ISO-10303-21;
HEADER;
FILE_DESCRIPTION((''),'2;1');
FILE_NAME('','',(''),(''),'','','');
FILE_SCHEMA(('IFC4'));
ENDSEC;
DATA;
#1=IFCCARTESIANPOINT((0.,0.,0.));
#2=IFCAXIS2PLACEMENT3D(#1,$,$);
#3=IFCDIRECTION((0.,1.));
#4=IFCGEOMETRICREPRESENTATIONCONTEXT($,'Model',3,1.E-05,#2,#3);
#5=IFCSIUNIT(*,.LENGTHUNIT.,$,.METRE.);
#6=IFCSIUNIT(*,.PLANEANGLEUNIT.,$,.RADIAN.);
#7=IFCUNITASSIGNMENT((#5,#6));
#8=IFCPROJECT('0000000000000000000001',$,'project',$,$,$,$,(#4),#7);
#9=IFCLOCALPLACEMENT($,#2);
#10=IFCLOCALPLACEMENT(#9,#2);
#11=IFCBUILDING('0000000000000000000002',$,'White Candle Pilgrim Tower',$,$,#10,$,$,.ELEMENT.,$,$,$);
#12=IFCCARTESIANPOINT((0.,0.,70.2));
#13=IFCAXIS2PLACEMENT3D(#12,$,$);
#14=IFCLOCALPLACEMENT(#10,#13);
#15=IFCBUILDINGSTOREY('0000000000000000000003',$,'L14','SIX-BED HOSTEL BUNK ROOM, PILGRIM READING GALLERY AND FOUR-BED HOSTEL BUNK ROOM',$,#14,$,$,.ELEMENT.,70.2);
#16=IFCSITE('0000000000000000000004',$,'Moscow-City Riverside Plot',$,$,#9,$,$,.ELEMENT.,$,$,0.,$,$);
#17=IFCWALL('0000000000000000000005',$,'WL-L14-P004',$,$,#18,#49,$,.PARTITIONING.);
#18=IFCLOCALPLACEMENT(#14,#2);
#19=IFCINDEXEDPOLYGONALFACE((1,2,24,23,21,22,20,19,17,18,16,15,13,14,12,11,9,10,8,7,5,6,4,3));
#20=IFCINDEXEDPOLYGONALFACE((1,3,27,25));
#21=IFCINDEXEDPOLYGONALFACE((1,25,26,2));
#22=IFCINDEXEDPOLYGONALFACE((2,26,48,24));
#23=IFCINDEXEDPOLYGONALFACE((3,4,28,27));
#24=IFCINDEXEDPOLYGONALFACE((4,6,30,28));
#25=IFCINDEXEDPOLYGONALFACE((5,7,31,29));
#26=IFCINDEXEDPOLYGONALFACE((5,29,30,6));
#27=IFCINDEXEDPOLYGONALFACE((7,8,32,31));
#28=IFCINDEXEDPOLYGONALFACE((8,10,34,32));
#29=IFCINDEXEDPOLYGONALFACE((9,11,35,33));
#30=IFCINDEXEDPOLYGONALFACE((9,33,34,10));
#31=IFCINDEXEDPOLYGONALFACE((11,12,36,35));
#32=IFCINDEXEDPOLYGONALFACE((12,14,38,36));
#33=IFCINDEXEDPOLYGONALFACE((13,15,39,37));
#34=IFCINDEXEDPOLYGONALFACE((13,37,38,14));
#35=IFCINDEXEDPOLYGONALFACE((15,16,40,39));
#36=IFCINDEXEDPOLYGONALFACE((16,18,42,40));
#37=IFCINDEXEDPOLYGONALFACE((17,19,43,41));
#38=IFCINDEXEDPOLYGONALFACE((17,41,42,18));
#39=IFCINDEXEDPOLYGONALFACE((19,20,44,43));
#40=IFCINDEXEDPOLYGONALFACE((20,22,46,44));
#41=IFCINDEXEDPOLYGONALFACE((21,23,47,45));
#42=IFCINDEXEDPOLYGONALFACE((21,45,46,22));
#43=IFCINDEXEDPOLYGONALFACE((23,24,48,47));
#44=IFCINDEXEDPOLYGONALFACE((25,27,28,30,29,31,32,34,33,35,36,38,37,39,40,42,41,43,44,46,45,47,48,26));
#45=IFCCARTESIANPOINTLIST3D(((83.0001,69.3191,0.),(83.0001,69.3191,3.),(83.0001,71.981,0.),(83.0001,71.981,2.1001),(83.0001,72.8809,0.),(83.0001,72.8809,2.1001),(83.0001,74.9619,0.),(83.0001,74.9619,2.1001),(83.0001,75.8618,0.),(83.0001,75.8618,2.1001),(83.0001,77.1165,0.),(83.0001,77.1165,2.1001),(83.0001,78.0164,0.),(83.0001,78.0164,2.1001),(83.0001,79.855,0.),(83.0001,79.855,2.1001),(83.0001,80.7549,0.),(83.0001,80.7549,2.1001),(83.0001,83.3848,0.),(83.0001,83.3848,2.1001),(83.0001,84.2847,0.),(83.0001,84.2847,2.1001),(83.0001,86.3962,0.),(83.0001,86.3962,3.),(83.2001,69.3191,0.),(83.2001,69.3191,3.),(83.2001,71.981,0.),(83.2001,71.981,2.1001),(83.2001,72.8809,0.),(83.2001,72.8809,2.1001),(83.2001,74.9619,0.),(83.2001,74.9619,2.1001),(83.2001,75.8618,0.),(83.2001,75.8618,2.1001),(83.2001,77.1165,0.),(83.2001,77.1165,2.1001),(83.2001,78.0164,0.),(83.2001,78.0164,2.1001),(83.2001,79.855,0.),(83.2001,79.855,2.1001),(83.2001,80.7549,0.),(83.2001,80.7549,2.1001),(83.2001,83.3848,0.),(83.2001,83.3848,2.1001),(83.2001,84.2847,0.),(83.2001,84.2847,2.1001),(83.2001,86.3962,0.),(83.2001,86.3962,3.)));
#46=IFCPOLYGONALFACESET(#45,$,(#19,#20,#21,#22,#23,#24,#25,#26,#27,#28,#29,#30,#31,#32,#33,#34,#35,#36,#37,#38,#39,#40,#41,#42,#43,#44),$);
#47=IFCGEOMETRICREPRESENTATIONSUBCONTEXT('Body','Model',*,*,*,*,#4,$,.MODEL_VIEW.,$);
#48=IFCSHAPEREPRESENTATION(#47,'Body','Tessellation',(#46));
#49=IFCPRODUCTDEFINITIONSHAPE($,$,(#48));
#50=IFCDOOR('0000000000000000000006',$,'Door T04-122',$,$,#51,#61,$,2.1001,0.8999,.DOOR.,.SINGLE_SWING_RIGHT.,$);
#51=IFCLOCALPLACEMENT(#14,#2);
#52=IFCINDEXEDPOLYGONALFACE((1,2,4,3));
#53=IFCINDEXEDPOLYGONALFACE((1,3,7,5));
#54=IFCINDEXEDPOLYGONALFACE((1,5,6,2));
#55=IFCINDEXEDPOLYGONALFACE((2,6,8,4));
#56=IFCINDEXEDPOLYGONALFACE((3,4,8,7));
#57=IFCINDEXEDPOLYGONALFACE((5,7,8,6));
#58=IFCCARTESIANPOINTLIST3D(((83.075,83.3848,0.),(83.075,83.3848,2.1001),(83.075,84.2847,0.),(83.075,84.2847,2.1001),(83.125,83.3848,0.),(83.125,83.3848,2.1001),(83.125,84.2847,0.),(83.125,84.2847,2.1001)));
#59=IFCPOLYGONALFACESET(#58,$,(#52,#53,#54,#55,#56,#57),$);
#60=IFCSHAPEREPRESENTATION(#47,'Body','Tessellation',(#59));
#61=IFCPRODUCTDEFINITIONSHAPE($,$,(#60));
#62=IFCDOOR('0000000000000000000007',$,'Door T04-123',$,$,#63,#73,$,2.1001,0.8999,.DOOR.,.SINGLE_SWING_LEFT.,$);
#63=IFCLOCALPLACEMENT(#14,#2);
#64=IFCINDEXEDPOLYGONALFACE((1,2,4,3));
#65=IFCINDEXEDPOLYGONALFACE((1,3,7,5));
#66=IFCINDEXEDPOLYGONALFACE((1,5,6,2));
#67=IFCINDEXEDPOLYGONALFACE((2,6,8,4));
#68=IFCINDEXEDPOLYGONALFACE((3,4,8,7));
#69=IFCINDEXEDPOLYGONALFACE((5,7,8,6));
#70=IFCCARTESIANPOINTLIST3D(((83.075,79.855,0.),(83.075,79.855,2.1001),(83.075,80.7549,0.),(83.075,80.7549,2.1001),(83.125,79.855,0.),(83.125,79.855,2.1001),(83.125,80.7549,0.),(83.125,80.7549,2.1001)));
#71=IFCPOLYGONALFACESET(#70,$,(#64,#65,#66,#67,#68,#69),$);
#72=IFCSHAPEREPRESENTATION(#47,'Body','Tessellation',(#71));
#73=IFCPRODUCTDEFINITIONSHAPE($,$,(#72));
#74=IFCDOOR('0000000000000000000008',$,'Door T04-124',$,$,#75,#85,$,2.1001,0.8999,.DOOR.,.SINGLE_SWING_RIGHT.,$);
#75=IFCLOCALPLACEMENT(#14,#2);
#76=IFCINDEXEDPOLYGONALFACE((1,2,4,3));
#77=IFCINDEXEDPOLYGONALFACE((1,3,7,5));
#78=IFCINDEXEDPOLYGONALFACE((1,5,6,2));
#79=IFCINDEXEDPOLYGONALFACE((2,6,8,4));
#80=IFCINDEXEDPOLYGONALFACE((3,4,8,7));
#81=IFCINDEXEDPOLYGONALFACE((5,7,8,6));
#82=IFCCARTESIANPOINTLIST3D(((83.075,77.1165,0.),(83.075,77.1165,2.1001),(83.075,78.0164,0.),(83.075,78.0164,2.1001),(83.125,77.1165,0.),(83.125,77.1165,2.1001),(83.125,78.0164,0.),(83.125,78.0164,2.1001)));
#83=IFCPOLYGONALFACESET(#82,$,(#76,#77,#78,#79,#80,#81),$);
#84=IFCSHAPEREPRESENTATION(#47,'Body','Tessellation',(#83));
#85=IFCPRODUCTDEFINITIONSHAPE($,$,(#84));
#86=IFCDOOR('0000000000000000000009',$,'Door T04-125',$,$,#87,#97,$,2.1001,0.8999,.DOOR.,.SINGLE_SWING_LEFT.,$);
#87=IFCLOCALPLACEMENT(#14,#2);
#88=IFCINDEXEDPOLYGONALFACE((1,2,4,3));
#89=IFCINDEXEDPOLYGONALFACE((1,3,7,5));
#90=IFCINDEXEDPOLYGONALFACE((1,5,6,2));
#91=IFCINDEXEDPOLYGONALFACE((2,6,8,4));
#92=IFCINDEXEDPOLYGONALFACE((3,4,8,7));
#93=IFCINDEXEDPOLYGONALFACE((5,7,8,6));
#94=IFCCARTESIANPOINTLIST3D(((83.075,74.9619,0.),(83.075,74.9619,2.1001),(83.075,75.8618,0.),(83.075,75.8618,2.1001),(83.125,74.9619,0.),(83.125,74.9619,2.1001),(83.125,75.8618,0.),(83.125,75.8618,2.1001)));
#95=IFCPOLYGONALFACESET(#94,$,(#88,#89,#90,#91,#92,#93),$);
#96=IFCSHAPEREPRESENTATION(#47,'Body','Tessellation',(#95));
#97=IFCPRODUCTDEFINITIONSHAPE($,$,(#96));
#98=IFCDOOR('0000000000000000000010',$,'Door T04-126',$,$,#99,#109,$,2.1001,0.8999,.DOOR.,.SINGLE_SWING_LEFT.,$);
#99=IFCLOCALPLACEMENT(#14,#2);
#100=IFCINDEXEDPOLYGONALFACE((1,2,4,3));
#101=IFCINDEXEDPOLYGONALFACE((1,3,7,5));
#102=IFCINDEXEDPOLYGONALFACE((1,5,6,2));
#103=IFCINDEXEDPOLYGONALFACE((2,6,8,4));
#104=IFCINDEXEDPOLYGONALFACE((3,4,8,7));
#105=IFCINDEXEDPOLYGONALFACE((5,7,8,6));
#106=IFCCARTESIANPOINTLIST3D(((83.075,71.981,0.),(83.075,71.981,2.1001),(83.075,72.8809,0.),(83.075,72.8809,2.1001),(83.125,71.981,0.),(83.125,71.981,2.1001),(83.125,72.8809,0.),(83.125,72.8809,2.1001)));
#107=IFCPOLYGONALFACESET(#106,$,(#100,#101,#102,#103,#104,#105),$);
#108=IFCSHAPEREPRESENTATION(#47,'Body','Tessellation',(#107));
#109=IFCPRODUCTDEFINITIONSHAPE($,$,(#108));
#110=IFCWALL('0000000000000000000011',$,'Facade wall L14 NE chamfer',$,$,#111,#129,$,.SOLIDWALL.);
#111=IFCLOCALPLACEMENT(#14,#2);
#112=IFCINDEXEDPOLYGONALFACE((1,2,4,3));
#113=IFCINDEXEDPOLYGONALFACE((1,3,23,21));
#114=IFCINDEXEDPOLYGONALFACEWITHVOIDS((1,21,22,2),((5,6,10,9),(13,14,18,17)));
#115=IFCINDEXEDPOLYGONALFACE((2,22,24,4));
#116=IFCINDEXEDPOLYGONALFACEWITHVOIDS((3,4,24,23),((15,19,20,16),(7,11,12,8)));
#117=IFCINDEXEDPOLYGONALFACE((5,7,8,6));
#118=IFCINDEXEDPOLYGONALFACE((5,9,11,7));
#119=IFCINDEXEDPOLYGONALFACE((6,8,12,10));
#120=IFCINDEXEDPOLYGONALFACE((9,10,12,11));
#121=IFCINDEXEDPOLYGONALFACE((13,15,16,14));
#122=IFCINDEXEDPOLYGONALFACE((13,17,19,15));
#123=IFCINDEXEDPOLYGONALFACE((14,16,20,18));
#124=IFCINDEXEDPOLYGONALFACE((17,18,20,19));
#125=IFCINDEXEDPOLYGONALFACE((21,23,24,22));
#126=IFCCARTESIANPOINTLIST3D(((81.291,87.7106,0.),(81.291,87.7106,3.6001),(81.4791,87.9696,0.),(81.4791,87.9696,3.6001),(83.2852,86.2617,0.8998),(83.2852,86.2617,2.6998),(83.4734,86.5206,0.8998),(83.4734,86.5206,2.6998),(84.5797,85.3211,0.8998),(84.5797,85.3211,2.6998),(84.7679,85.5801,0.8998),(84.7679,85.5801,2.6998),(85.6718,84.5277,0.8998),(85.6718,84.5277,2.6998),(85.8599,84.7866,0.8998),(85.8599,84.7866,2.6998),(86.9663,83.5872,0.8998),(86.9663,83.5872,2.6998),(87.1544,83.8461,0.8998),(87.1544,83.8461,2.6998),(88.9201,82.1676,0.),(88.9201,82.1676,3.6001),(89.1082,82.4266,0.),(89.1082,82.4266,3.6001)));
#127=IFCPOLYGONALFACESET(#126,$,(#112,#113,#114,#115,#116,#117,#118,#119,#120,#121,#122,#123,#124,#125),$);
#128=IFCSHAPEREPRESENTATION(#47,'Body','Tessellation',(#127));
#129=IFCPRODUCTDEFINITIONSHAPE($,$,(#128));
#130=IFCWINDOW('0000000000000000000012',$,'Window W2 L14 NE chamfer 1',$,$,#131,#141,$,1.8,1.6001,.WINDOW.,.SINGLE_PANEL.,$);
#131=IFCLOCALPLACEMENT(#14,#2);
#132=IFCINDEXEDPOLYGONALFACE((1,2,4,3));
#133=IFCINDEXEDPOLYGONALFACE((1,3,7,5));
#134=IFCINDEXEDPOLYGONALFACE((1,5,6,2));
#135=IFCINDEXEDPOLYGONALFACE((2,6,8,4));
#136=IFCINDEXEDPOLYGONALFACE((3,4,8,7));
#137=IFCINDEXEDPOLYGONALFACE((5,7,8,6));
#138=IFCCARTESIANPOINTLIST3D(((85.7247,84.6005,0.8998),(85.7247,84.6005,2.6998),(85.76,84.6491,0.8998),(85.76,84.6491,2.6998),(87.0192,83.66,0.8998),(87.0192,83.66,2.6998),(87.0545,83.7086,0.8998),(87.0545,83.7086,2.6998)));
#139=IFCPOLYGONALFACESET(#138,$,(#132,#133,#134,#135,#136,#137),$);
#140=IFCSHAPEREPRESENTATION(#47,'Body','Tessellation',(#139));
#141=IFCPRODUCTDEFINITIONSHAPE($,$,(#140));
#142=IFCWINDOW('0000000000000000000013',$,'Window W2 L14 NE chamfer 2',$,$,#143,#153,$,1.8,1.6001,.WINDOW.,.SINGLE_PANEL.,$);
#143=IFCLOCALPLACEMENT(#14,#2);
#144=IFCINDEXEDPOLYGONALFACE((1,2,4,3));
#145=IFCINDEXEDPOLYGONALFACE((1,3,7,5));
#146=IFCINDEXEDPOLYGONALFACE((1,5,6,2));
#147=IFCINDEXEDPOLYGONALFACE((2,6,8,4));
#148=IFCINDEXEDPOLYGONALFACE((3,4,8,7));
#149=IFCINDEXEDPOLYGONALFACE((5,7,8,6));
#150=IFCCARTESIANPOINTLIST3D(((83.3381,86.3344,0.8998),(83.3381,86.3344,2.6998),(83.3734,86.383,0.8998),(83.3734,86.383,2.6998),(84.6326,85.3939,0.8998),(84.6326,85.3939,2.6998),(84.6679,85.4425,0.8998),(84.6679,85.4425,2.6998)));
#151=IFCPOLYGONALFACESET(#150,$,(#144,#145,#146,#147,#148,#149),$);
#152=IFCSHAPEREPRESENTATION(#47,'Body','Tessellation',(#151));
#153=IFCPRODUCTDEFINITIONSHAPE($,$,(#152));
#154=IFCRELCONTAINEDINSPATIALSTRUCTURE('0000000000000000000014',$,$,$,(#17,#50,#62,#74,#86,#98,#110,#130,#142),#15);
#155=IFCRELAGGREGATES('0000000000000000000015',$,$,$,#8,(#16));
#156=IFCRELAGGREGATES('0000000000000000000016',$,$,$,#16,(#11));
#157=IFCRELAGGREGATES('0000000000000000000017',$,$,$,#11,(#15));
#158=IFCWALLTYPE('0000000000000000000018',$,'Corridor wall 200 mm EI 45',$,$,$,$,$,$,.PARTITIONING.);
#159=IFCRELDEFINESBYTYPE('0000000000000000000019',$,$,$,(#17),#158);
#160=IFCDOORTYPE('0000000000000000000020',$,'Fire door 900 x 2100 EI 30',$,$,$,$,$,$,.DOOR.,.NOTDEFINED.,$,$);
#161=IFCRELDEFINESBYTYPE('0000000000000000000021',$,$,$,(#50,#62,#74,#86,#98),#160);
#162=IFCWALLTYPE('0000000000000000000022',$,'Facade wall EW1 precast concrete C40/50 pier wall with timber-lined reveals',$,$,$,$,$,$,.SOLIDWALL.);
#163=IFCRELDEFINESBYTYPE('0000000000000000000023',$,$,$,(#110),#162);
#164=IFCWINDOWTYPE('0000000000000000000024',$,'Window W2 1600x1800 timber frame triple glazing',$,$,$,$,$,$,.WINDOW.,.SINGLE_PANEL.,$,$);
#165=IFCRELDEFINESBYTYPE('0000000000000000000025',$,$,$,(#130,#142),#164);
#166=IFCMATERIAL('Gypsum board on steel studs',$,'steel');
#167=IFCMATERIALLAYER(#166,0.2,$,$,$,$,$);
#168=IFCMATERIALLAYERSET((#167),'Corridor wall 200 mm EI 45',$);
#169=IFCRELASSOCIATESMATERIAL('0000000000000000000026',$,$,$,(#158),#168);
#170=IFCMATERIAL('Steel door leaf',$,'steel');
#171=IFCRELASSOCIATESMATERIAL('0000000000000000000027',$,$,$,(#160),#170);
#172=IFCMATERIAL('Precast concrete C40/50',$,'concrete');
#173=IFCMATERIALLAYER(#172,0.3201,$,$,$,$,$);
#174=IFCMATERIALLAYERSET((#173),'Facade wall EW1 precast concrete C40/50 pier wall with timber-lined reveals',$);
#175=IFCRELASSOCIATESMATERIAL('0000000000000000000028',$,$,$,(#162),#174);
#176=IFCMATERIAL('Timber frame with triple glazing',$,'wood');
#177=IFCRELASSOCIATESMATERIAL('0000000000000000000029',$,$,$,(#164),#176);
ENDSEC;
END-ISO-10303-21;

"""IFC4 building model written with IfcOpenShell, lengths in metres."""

from ifc_helpers import new_model, si_unit, direction, frame, frame_2d, origin, place, context, subcontext, project, spatial, rectangle, extrude, material, layer, layer_set, type_object, element, fill, save


model = new_model("IFC4")

# Units and contexts
model_context = context("Model", 3, precision=1e-05, world=origin(), true_north=direction((0.0, 1.0)))
body_context = subcontext(model_context, "Body", "Model", "MODEL_VIEW")
ifc_project = project(units=[si_unit("LENGTHUNIT", "METRE"), si_unit("PLANEANGLEUNIT", "RADIAN")], contexts=[model_context])

# Site, building, storey
site_placement = place(None, origin())
site = spatial("IfcSite", under=ifc_project, at=site_placement, Name="Moscow-City Riverside Plot", CompositionType="ELEMENT", RefElevation=0.0)
building_placement = place(site_placement, origin())
building = spatial("IfcBuilding", under=site, at=building_placement, Name="White Candle Pilgrim Tower", CompositionType="ELEMENT")
storey_placement = place(building_placement, frame((0.0, 0.0, 70.2)))
storey = spatial("IfcBuildingStorey", under=building, at=storey_placement, Name="L14", Description="SIX-BED HOSTEL BUNK ROOM, PILGRIM READING GALLERY AND FOUR-BED HOSTEL BUNK ROOM", CompositionType="ELEMENT", Elevation=70.2)

# Shared definitions
ifc_material_1 = material(Name="Steel door leaf", Category="steel")

# Wall, openings, doors
ifc_material_2 = material(Name="Gypsum board on steel studs", Category="steel")
ifc_layer_1 = layer(ifc_material_2, 0.2)
ifc_layer_set_1 = layer_set([ifc_layer_1], Name="Corridor wall 200 mm EI 45")
wall_type_1 = type_object("IfcWallType", Name="Corridor wall 200 mm EI 45", PredefinedType="PARTITIONING", material=ifc_layer_set_1)
wall_1_placement = place(storey_placement, frame((83.1001, 86.3962, 0.0), z_axis=(0.0, 0.0, 1.0), x_axis=(0.0, -1.0, 0.0)))
wall_1 = element("IfcWall", 1, at=wall_1_placement, inside=storey, type_object=wall_type_1, Name="WL-L14-P004", PredefinedType="PARTITIONING", context=body_context, shape_type="SweptSolid", body=[
    extrude(rectangle(XDim=17.0771, YDim=0.2, at=frame_2d((8.5386, 0.0))), origin(), (0.0, 0.0, 1.0), 3.0),
])
opening_1_placement = place(wall_1_placement, frame((2.1116, 0.0, 0.0)))
opening_1 = element("IfcOpeningElement", 2, at=opening_1_placement, cuts=wall_1, PredefinedType="OPENING", context=body_context, shape_type="SweptSolid", body=[
    extrude(rectangle(XDim=0.8999, YDim=2.1001, at=frame_2d((0.45, 1.05))), frame((0.0, 0.1099, 0.0), z_axis=(0.0, -1.0, 0.0), x_axis=(1.0, 0.0, 0.0)), (0.0, 0.0, 1.0), 0.22),
])
opening_2_placement = place(wall_1_placement, frame((5.6414, 0.0, 0.0)))
opening_2 = element("IfcOpeningElement", 3, at=opening_2_placement, cuts=wall_1, PredefinedType="OPENING", context=body_context, shape_type="SweptSolid", body=[
    extrude(rectangle(XDim=0.8999, YDim=2.1001, at=frame_2d((0.45, 1.05))), frame((0.0, 0.1099, 0.0), z_axis=(0.0, -1.0, 0.0), x_axis=(1.0, 0.0, 0.0)), (0.0, 0.0, 1.0), 0.22),
])
opening_3_placement = place(wall_1_placement, frame((8.3799, 0.0, 0.0)))
opening_3 = element("IfcOpeningElement", 4, at=opening_3_placement, cuts=wall_1, PredefinedType="OPENING", context=body_context, shape_type="SweptSolid", body=[
    extrude(rectangle(XDim=0.8999, YDim=2.1001, at=frame_2d((0.45, 1.05))), frame((0.0, 0.1099, 0.0), z_axis=(0.0, -1.0, 0.0), x_axis=(1.0, 0.0, 0.0)), (0.0, 0.0, 1.0), 0.22),
])
opening_4_placement = place(wall_1_placement, frame((10.5344, 0.0, 0.0)))
opening_4 = element("IfcOpeningElement", 5, at=opening_4_placement, cuts=wall_1, PredefinedType="OPENING", context=body_context, shape_type="SweptSolid", body=[
    extrude(rectangle(XDim=0.8999, YDim=2.1001, at=frame_2d((0.45, 1.05))), frame((0.0, 0.1099, 0.0), z_axis=(0.0, -1.0, 0.0), x_axis=(1.0, 0.0, 0.0)), (0.0, 0.0, 1.0), 0.22),
])
opening_5_placement = place(wall_1_placement, frame((13.5154, 0.0, 0.0)))
opening_5 = element("IfcOpeningElement", 6, at=opening_5_placement, cuts=wall_1, PredefinedType="OPENING", context=body_context, shape_type="SweptSolid", body=[
    extrude(rectangle(XDim=0.8999, YDim=2.1001, at=frame_2d((0.45, 1.05))), frame((0.0, 0.1099, 0.0), z_axis=(0.0, -1.0, 0.0), x_axis=(1.0, 0.0, 0.0)), (0.0, 0.0, 1.0), 0.22),
])
door_type_1 = type_object("IfcDoorType", Name="Fire door 900 x 2100 EI 30", OperationType="NOTDEFINED", PredefinedType="DOOR", material=ifc_material_1)
door_1_placement = place(opening_1_placement, origin())
door_1 = element("IfcDoor", 7, at=door_1_placement, inside=storey, type_object=door_type_1, Name="Door T04-122", OperationType="SINGLE_SWING_RIGHT", OverallHeight=2.1001, OverallWidth=0.8999, PredefinedType="DOOR", context=body_context, shape_type="SweptSolid", body=[
    extrude(rectangle(XDim=0.8999, YDim=2.1001, at=frame_2d((0.45, 1.05))), frame((0.0, 0.0249, 0.0), z_axis=(0.0, -1.0, 0.0), x_axis=(1.0, 0.0, 0.0)), (0.0, 0.0, 1.0), 0.05),
])
fill(opening_1, door_1)
door_2_placement = place(opening_2_placement, origin())
door_2 = element("IfcDoor", 8, at=door_2_placement, inside=storey, type_object=door_type_1, Name="Door T04-123", OperationType="SINGLE_SWING_LEFT", OverallHeight=2.1001, OverallWidth=0.8999, PredefinedType="DOOR", context=body_context, shape_type="SweptSolid", body=[
    extrude(rectangle(XDim=0.8999, YDim=2.1001, at=frame_2d((0.45, 1.05))), frame((0.0, 0.0249, 0.0), z_axis=(0.0, -1.0, 0.0), x_axis=(1.0, 0.0, 0.0)), (0.0, 0.0, 1.0), 0.05),
])
fill(opening_2, door_2)
door_3_placement = place(opening_3_placement, origin())
door_3 = element("IfcDoor", 9, at=door_3_placement, inside=storey, type_object=door_type_1, Name="Door T04-124", OperationType="SINGLE_SWING_RIGHT", OverallHeight=2.1001, OverallWidth=0.8999, PredefinedType="DOOR", context=body_context, shape_type="SweptSolid", body=[
    extrude(rectangle(XDim=0.8999, YDim=2.1001, at=frame_2d((0.45, 1.05))), frame((0.0, 0.0249, 0.0), z_axis=(0.0, -1.0, 0.0), x_axis=(1.0, 0.0, 0.0)), (0.0, 0.0, 1.0), 0.05),
])
fill(opening_3, door_3)
door_4_placement = place(opening_4_placement, origin())
door_4 = element("IfcDoor", 10, at=door_4_placement, inside=storey, type_object=door_type_1, Name="Door T04-125", OperationType="SINGLE_SWING_LEFT", OverallHeight=2.1001, OverallWidth=0.8999, PredefinedType="DOOR", context=body_context, shape_type="SweptSolid", body=[
    extrude(rectangle(XDim=0.8999, YDim=2.1001, at=frame_2d((0.45, 1.05))), frame((0.0, 0.0249, 0.0), z_axis=(0.0, -1.0, 0.0), x_axis=(1.0, 0.0, 0.0)), (0.0, 0.0, 1.0), 0.05),
])
fill(opening_4, door_4)
door_5_placement = place(opening_5_placement, origin())
door_5 = element("IfcDoor", 11, at=door_5_placement, inside=storey, type_object=door_type_1, Name="Door T04-126", OperationType="SINGLE_SWING_LEFT", OverallHeight=2.1001, OverallWidth=0.8999, PredefinedType="DOOR", context=body_context, shape_type="SweptSolid", body=[
    extrude(rectangle(XDim=0.8999, YDim=2.1001, at=frame_2d((0.45, 1.05))), frame((0.0, 0.0249, 0.0), z_axis=(0.0, -1.0, 0.0), x_axis=(1.0, 0.0, 0.0)), (0.0, 0.0, 1.0), 0.05),
])
fill(opening_5, door_5)

# Wall, openings, windows
ifc_material_3 = material(Name="Precast concrete C40/50", Category="concrete")
ifc_layer_2 = layer(ifc_material_3, 0.3201)
ifc_layer_set_2 = layer_set([ifc_layer_2], Name="Facade wall EW1 precast concrete C40/50 pier wall with timber-lined reveals")
wall_type_2 = type_object("IfcWallType", Name="Facade wall EW1 precast concrete C40/50 pier wall with timber-lined reveals", PredefinedType="SOLIDWALL", material=ifc_layer_set_2)
wall_2_placement = place(storey_placement, frame((89.0142, 82.2971, 0.0), z_axis=(0.0, 0.0, 1.0), x_axis=(-0.809014, 0.58779, 0.0)))
wall_2 = element("IfcWall", 12, at=wall_2_placement, inside=storey, type_object=wall_type_2, Name="Facade wall L14 NE chamfer", PredefinedType="SOLIDWALL", context=body_context, shape_type="SweptSolid", body=[
    extrude(rectangle(XDim=9.4302, YDim=0.3201, at=frame_2d((4.7151, 0.0))), origin(), (0.0, 0.0, 1.0), 3.6001),
])
opening_6_placement = place(wall_2_placement, frame((2.415, 0.0, 0.8999)))
opening_6 = element("IfcOpeningElement", 13, at=opening_6_placement, cuts=wall_2, PredefinedType="OPENING", context=body_context, shape_type="SweptSolid", body=[
    extrude(rectangle(XDim=1.6001, YDim=1.8, at=frame_2d((0.8, 0.8999))), frame((0.0, 0.1699, 0.0), z_axis=(0.0, -1.0, 0.0), x_axis=(1.0, 0.0, 0.0)), (0.0, 0.0, 1.0), 0.3401),
])
opening_7_placement = place(wall_2_placement, frame((5.365, 0.0, 0.8999)))
opening_7 = element("IfcOpeningElement", 14, at=opening_7_placement, cuts=wall_2, PredefinedType="OPENING", context=body_context, shape_type="SweptSolid", body=[
    extrude(rectangle(XDim=1.6001, YDim=1.8, at=frame_2d((0.8, 0.8999))), frame((0.0, 0.1699, 0.0), z_axis=(0.0, -1.0, 0.0), x_axis=(1.0, 0.0, 0.0)), (0.0, 0.0, 1.0), 0.3401),
])
ifc_material_4 = material(Name="Timber frame with triple glazing", Category="wood")
window_type = type_object("IfcWindowType", Name="Window W2 1600x1800 timber frame triple glazing", PartitioningType="SINGLE_PANEL", PredefinedType="WINDOW", material=ifc_material_4)
window_1_placement = place(opening_6_placement, origin())
window_1 = element("IfcWindow", 15, at=window_1_placement, inside=storey, type_object=window_type, Name="Window W2 L14 NE chamfer 1", OverallHeight=1.8, OverallWidth=1.6001, PartitioningType="SINGLE_PANEL", PredefinedType="WINDOW", context=body_context, shape_type="SweptSolid", body=[
    extrude(rectangle(XDim=1.6001, YDim=1.8, at=frame_2d((0.8, 0.8999))), frame((0.0, 0.0701, 0.0), z_axis=(0.0, -1.0, 0.0), x_axis=(1.0, 0.0, 0.0)), (0.0, 0.0, 1.0), 0.0601),
])
fill(opening_6, window_1)
window_2_placement = place(opening_7_placement, origin())
window_2 = element("IfcWindow", 16, at=window_2_placement, inside=storey, type_object=window_type, Name="Window W2 L14 NE chamfer 2", OverallHeight=1.8, OverallWidth=1.6001, PartitioningType="SINGLE_PANEL", PredefinedType="WINDOW", context=body_context, shape_type="SweptSolid", body=[
    extrude(rectangle(XDim=1.6001, YDim=1.8, at=frame_2d((0.8, 0.8999))), frame((0.0, 0.0701, 0.0), z_axis=(0.0, -1.0, 0.0), x_axis=(1.0, 0.0, 0.0)), (0.0, 0.0, 1.0), 0.0601),
])
fill(opening_7, window_2)

save(model, "model.ifc")
